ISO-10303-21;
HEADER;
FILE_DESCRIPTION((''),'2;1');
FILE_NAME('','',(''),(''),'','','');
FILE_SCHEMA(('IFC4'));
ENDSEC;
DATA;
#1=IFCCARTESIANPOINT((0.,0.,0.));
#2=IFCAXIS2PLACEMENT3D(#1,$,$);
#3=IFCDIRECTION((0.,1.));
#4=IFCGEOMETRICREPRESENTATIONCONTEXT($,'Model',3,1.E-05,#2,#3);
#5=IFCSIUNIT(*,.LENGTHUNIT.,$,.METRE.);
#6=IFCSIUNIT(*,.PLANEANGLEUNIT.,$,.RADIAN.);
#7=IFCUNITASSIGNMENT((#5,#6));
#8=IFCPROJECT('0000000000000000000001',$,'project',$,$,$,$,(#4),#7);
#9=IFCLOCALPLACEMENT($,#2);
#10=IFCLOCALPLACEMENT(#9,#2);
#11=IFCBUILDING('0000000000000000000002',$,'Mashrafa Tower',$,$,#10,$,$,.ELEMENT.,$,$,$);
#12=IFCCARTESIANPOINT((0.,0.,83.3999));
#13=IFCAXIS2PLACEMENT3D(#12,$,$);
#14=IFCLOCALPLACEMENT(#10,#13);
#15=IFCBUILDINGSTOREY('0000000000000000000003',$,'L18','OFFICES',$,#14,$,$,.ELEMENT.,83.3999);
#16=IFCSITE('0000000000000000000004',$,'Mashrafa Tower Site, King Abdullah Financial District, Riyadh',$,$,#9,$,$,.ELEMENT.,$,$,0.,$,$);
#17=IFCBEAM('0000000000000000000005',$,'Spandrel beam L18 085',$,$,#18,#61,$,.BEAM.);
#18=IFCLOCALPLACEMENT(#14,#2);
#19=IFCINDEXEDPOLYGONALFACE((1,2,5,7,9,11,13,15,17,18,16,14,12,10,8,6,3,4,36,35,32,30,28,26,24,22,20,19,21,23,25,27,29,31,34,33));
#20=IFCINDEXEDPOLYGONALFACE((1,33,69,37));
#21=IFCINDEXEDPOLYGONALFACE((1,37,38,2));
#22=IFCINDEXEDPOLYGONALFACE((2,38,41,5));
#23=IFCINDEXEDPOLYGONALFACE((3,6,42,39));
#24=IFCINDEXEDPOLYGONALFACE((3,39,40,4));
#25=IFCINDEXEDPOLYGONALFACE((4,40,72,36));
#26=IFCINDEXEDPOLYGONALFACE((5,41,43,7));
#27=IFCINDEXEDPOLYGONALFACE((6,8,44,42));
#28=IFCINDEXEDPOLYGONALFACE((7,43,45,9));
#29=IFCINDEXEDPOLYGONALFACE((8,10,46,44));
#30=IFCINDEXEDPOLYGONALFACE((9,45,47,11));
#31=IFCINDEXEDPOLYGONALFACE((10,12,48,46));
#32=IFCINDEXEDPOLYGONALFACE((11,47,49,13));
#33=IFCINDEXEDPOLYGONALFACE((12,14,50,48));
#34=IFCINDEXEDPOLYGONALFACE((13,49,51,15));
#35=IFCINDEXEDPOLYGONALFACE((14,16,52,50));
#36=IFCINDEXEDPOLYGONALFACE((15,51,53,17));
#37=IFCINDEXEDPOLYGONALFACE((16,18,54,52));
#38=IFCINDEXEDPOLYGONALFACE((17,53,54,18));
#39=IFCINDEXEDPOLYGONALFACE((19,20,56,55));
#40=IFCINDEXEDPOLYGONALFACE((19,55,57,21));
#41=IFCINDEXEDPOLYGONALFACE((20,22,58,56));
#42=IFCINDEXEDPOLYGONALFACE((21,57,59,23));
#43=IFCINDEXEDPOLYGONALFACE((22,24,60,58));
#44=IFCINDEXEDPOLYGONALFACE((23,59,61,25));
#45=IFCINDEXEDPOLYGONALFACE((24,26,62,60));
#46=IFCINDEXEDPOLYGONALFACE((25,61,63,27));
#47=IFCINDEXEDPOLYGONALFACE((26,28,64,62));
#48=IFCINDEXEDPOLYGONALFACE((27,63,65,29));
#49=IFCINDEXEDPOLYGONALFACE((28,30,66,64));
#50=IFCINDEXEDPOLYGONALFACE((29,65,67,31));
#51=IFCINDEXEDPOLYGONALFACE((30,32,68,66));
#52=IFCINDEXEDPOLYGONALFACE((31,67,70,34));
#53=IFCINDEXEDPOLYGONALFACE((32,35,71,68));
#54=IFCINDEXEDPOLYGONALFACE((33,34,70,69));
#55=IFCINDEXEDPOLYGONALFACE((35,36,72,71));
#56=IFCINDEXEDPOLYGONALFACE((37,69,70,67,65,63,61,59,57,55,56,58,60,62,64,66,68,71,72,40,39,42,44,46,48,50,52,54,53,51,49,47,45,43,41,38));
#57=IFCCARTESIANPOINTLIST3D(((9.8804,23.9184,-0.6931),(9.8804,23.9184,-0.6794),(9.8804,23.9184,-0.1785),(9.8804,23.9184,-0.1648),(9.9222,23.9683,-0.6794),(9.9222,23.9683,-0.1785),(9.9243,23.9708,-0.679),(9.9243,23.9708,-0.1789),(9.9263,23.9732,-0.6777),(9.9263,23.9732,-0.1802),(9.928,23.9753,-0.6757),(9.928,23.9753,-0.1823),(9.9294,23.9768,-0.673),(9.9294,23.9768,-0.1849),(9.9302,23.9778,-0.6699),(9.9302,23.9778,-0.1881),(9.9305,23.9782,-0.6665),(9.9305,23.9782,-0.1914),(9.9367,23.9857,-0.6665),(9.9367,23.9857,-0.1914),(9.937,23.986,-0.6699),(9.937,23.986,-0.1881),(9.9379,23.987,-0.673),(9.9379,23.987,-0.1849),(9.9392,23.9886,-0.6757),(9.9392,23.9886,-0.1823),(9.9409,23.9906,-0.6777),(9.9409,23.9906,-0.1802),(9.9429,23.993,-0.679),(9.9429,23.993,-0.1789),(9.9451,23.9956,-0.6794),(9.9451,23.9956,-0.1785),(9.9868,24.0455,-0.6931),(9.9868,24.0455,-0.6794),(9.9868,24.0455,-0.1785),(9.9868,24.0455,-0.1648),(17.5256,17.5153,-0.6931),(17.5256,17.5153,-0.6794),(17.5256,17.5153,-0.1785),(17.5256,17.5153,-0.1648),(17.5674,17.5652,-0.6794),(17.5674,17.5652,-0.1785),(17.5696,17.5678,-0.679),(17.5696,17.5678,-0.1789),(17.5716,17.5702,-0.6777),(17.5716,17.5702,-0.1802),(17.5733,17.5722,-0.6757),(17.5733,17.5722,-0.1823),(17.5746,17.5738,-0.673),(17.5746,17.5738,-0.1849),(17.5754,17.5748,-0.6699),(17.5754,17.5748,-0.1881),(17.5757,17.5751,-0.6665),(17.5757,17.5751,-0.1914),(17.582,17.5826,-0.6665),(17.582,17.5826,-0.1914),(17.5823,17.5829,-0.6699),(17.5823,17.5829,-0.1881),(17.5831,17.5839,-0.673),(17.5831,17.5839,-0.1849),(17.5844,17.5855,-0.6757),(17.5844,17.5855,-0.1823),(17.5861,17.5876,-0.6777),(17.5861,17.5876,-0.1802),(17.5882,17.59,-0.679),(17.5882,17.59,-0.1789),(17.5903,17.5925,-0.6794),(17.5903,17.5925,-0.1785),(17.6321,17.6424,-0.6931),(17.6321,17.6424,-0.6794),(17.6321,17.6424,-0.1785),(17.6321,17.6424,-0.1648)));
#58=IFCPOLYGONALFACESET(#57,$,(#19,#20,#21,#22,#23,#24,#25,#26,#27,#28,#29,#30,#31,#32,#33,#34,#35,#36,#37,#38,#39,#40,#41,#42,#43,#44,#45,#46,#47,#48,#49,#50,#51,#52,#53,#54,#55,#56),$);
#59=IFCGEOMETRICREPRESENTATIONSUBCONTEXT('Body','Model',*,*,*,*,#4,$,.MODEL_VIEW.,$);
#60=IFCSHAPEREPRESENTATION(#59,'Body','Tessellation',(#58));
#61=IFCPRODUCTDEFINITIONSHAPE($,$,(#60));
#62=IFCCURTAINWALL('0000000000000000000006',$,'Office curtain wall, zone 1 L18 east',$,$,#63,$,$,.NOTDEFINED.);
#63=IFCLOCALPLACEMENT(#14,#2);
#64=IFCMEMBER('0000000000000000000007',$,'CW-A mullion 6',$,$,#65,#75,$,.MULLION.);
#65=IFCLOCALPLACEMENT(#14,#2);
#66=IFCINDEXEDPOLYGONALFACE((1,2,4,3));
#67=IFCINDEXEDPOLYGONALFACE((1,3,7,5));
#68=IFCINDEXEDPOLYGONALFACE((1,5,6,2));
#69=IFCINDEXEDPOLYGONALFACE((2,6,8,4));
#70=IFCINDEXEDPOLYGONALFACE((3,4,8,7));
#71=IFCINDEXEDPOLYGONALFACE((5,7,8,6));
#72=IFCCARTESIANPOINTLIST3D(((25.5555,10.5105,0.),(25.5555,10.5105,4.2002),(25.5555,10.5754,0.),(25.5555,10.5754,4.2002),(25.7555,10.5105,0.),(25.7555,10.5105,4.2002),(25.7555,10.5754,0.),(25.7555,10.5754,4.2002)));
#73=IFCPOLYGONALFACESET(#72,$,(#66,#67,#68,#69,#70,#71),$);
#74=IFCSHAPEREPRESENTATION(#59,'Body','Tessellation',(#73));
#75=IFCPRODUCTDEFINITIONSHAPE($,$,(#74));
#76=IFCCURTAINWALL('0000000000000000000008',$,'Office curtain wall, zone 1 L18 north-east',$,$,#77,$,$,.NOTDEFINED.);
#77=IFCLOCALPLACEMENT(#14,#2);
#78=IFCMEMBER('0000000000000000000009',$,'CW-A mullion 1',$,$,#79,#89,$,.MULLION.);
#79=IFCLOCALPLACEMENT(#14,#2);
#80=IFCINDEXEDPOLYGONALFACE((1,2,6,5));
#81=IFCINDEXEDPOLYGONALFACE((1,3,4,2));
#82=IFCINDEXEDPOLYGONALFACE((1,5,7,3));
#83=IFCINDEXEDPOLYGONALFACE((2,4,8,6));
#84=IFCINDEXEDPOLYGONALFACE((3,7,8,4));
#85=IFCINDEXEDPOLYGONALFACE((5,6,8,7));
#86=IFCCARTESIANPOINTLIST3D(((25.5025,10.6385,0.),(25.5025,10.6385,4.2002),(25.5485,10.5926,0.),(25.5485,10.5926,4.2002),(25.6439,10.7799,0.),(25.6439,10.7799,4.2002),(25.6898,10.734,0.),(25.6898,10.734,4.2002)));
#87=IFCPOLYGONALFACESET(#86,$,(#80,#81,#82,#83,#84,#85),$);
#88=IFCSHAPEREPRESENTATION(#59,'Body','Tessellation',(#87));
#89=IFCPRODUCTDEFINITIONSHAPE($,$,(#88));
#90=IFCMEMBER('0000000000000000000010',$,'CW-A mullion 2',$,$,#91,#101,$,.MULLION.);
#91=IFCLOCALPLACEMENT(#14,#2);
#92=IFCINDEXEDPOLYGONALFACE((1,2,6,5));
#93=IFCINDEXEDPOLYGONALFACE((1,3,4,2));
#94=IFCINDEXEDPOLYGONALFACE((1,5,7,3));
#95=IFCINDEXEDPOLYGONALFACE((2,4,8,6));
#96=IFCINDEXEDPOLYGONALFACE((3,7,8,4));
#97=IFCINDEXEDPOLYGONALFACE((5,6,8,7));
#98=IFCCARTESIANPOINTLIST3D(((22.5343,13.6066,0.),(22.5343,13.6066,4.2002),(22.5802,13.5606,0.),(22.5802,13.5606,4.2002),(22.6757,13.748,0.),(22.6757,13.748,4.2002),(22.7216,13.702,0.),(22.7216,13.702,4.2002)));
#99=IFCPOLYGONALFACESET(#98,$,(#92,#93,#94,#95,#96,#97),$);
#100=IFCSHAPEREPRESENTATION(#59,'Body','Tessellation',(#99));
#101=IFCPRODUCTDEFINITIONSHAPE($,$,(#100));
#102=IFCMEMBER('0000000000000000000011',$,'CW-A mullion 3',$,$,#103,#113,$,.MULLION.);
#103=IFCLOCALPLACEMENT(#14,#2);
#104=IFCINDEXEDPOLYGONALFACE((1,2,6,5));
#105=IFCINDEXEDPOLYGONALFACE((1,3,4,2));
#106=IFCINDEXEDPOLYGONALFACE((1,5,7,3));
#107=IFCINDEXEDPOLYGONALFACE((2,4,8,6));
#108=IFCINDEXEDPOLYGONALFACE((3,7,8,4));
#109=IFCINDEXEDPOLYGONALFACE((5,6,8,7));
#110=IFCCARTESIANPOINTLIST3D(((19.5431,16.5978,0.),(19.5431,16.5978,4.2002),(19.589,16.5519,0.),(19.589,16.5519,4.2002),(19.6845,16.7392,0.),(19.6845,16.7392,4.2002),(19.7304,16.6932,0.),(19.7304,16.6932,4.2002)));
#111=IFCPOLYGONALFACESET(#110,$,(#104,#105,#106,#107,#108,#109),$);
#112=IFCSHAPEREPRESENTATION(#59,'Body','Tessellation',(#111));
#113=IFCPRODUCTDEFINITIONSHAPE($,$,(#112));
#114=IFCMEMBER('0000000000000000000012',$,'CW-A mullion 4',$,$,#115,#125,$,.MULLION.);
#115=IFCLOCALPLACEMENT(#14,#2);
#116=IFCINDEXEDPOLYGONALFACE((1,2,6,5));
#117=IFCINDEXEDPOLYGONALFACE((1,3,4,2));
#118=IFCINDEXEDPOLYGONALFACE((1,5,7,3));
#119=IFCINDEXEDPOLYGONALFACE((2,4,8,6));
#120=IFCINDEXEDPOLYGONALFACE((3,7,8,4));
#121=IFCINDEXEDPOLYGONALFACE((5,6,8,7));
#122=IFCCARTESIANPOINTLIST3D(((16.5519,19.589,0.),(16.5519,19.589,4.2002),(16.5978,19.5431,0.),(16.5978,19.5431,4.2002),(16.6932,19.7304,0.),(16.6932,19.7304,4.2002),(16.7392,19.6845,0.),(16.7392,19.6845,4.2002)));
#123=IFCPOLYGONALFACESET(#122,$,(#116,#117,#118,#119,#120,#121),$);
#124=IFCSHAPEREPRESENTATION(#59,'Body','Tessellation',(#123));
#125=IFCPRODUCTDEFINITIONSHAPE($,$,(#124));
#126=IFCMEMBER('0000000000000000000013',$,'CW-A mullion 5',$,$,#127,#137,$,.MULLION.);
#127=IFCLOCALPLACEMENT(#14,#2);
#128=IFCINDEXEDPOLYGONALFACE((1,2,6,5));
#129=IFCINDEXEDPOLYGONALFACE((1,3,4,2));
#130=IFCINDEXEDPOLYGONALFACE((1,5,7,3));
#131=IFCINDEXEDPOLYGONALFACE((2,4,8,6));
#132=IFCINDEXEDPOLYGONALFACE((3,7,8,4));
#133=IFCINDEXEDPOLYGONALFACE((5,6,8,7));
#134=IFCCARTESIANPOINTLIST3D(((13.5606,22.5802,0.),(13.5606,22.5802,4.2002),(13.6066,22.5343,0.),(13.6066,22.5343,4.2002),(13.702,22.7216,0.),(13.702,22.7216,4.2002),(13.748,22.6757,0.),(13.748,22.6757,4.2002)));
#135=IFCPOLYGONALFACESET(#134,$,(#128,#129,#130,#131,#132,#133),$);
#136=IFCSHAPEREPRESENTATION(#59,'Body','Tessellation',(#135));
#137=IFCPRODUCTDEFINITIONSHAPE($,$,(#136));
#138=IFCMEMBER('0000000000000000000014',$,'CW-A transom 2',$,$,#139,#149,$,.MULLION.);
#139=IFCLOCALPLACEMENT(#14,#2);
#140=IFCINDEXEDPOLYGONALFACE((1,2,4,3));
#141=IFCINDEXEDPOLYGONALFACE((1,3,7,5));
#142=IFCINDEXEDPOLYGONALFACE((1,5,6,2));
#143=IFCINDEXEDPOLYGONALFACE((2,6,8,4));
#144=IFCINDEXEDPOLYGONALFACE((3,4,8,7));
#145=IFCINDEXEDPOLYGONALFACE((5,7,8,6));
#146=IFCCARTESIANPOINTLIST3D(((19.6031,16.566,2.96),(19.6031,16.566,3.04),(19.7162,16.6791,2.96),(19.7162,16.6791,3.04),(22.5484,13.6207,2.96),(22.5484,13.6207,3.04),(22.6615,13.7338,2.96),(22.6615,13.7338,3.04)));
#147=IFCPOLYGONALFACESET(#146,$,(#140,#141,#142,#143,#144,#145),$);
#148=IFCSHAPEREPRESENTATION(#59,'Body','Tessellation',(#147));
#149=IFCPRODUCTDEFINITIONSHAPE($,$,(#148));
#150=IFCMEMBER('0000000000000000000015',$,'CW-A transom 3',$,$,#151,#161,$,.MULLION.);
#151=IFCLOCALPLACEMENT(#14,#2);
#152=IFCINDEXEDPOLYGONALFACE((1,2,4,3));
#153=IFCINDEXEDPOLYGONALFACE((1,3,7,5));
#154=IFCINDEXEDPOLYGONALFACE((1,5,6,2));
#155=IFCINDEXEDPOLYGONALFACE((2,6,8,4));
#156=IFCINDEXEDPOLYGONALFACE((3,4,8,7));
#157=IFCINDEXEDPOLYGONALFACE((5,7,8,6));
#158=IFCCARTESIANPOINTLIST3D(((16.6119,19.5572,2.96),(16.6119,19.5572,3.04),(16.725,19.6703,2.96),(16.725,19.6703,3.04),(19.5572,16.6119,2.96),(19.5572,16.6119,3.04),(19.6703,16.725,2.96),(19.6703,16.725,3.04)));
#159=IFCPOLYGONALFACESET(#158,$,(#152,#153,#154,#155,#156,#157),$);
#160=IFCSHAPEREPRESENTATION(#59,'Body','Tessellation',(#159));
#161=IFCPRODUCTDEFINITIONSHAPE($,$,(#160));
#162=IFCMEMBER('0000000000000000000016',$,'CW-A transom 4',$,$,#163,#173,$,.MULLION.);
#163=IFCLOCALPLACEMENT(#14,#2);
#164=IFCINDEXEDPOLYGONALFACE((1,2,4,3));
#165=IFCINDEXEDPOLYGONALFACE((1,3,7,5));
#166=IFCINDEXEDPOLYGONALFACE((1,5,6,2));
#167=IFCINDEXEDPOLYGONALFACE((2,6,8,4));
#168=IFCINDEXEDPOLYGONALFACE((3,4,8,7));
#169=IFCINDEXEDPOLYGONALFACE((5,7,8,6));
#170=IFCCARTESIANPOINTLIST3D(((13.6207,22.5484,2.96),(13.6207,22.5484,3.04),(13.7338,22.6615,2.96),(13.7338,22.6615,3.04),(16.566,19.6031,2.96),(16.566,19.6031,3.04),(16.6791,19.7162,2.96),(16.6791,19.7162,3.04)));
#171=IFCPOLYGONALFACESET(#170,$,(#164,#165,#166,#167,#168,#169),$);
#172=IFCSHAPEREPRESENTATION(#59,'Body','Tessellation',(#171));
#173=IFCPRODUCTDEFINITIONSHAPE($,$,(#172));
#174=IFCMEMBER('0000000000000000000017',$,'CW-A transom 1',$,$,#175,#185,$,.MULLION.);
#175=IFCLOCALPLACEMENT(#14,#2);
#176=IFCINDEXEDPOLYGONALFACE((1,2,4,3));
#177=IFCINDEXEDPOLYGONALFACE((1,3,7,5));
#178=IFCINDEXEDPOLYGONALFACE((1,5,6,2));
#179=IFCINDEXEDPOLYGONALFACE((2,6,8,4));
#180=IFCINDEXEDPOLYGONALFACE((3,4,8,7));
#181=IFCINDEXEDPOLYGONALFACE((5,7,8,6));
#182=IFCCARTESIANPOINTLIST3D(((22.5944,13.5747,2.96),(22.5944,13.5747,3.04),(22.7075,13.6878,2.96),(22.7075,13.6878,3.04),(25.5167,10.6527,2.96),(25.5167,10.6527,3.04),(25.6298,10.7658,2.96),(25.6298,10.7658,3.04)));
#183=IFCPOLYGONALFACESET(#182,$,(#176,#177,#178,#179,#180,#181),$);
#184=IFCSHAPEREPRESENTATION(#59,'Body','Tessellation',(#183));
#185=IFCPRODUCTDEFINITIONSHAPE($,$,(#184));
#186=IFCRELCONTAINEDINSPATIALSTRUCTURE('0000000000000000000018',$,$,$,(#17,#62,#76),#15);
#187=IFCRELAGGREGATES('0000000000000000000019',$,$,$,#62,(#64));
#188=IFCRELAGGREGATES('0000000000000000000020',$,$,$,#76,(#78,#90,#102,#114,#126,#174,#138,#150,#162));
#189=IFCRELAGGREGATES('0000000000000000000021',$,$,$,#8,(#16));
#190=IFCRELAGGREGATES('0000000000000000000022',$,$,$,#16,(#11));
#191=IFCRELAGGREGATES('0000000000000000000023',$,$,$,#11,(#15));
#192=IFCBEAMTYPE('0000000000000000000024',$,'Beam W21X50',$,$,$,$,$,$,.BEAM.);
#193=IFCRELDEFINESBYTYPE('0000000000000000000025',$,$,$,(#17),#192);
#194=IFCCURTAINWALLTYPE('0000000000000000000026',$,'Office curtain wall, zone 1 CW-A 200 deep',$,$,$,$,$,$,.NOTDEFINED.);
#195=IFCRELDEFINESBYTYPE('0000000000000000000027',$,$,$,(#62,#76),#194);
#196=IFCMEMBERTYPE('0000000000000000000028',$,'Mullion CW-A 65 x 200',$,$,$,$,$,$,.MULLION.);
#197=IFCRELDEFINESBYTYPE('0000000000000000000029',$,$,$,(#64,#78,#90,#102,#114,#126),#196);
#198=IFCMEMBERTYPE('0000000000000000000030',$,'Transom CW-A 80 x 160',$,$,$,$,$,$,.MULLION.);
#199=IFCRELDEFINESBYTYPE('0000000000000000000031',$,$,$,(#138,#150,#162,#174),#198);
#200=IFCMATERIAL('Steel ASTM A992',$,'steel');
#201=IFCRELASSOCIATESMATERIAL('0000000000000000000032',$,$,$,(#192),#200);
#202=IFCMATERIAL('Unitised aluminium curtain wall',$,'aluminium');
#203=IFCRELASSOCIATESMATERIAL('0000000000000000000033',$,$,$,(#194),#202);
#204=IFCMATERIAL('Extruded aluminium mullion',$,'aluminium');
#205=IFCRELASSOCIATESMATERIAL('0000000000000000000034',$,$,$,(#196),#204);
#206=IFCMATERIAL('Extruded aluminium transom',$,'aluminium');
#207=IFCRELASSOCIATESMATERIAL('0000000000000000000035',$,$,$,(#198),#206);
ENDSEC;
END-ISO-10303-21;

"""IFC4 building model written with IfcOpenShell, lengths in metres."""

from ifc_helpers import new_model, si_unit, direction, frame, origin, origin_2d, place, context, subcontext, project, spatial, rectangle, i_section, extrude, source, transform, mapped, material, material_profile, profile_set, type_object, type_shapes, element, aggregate, save


model = new_model("IFC4")

# Units and contexts
model_context = context("Model", 3, precision=1e-05, world=origin(), true_north=direction((0.0, 1.0)))
body_context = subcontext(model_context, "Body", "Model", "MODEL_VIEW")
ifc_project = project(units=[si_unit("LENGTHUNIT", "METRE"), si_unit("PLANEANGLEUNIT", "RADIAN")], contexts=[model_context])

# Site, building, storey
site_placement = place(None, origin())
site = spatial("IfcSite", under=ifc_project, at=site_placement, Name="Mashrafa Tower Site, King Abdullah Financial District, Riyadh", CompositionType="ELEMENT", RefElevation=0.0)
building_placement = place(site_placement, origin())
building = spatial("IfcBuilding", under=site, at=building_placement, Name="Mashrafa Tower", CompositionType="ELEMENT")
storey_placement = place(building_placement, frame((0.0, 0.0, 83.3999)))
storey = spatial("IfcBuildingStorey", under=building, at=storey_placement, Name="L18", Description="OFFICES", CompositionType="ELEMENT", Elevation=83.3999)

# Beam
ifc_material_1 = material(Name="Steel ASTM A992", Category="steel")
ifc_material_profile_1 = material_profile(ifc_material_1, i_section(OverallWidth=0.1658, OverallDepth=0.5283, WebThickness=0.0098, FlangeThickness=0.0137, FilletRadius=0.0129, at=origin_2d()), Name="W21X50")
ifc_profile_set_1 = profile_set([ifc_material_profile_1], Name="Steel ASTM A992")
beam_type_1 = type_object("IfcBeamType", Name="Beam W21X50", PredefinedType="BEAM", material=ifc_profile_set_1)
beam_1_placement = place(storey_placement, frame((17.5789, 17.5789, -0.429), z_axis=(-0.76664, 0.642078, 0.0), x_axis=(-0.642078, -0.76664, 0.0)))
element("IfcBeam", 1, at=beam_1_placement, inside=storey, type_object=beam_type_1, Name="Spandrel beam L18 085", PredefinedType="BEAM", context=body_context, shape_type="SweptSolid", body=[
    extrude(i_section(OverallWidth=0.1658, OverallDepth=0.5283, WebThickness=0.0098, FlangeThickness=0.0137, FilletRadius=0.0129, at=origin_2d()), origin(), (0.0, 0.0, 1.0), 9.9724),
])

# Curtain wall, member
ifc_material_2 = material(Name="Unitised aluminium curtain wall", Category="aluminium")
curtain_wall_type = type_object("IfcCurtainWallType", Name="Office curtain wall, zone 1 CW-A 200 deep", PredefinedType="NOTDEFINED", material=ifc_material_2)
curtain_wall_1_placement = place(storey_placement, origin())
curtain_wall_1 = element("IfcCurtainWall", 2, at=curtain_wall_1_placement, inside=storey, type_object=curtain_wall_type, Name="Office curtain wall, zone 1 L18 east", PredefinedType="NOTDEFINED")
ifc_material_3 = material(Name="Extruded aluminium mullion", Category="aluminium")
ifc_material_profile_2 = material_profile(ifc_material_3, rectangle(XDim=0.2, YDim=0.0649, at=origin_2d()), Name="Mullion 65x200")
ifc_profile_set_2 = profile_set([ifc_material_profile_2], Name="Extruded aluminium mullion")
member_type_1 = type_object("IfcMemberType", Name="Mullion CW-A 65 x 200", PredefinedType="MULLION", material=ifc_profile_set_2)
shared_shape_1 = source(origin(), body_context, "Body", "SweptSolid", [
    extrude(rectangle(XDim=0.2, YDim=0.0649, at=origin_2d()), origin(), (0.0, 0.0, 1.0), 4.2002),
])
type_shapes(member_type_1, [shared_shape_1])
member_1_placement = place(storey_placement, frame((25.6555, 10.543, 0.0), z_axis=(0.0, 0.0, 1.0), x_axis=(-1.0, 0.0, 0.0)))
member_1 = element("IfcMember", 3, at=member_1_placement, type_object=member_type_1, Name="CW-A mullion 6", PredefinedType="MULLION", context=body_context, shape_type="MappedRepresentation", body=[
    mapped(shared_shape_1, transform((0.0, 0.0, 0.0))),
])
aggregate(curtain_wall_1, [member_1])

# Curtain wall, members
curtain_wall_2_placement = place(storey_placement, origin())
curtain_wall_2 = element("IfcCurtainWall", 4, at=curtain_wall_2_placement, inside=storey, type_object=curtain_wall_type, Name="Office curtain wall, zone 1 L18 north-east", PredefinedType="NOTDEFINED")
member_2_placement = place(storey_placement, frame((25.5962, 10.6863, 0.0), z_axis=(0.0, 0.0, 1.0), x_axis=(-0.707107, -0.707107, 0.0)))
member_2 = element("IfcMember", 5, at=member_2_placement, type_object=member_type_1, Name="CW-A mullion 1", PredefinedType="MULLION", context=body_context, shape_type="MappedRepresentation", body=[
    mapped(shared_shape_1, transform((0.0, 0.0, 0.0))),
])
member_3_placement = place(storey_placement, frame((22.6279, 13.6543, 0.0), z_axis=(0.0, 0.0, 1.0), x_axis=(-0.707107, -0.707107, 0.0)))
member_3 = element("IfcMember", 6, at=member_3_placement, type_object=member_type_1, Name="CW-A mullion 2", PredefinedType="MULLION", context=body_context, shape_type="MappedRepresentation", body=[
    mapped(shared_shape_1, transform((0.0, 0.0, 0.0))),
])
member_4_placement = place(storey_placement, frame((19.6367, 16.6455, 0.0), z_axis=(0.0, 0.0, 1.0), x_axis=(-0.707107, -0.707107, 0.0)))
member_4 = element("IfcMember", 7, at=member_4_placement, type_object=member_type_1, Name="CW-A mullion 3", PredefinedType="MULLION", context=body_context, shape_type="MappedRepresentation", body=[
    mapped(shared_shape_1, transform((0.0, 0.0, 0.0))),
])
member_5_placement = place(storey_placement, frame((16.6455, 19.6367, 0.0), z_axis=(0.0, 0.0, 1.0), x_axis=(-0.707107, -0.707107, 0.0)))
member_5 = element("IfcMember", 8, at=member_5_placement, type_object=member_type_1, Name="CW-A mullion 4", PredefinedType="MULLION", context=body_context, shape_type="MappedRepresentation", body=[
    mapped(shared_shape_1, transform((0.0, 0.0, 0.0))),
])
member_6_placement = place(storey_placement, frame((13.6543, 22.6279, 0.0), z_axis=(0.0, 0.0, 1.0), x_axis=(-0.707107, -0.707107, 0.0)))
member_6 = element("IfcMember", 9, at=member_6_placement, type_object=member_type_1, Name="CW-A mullion 5", PredefinedType="MULLION", context=body_context, shape_type="MappedRepresentation", body=[
    mapped(shared_shape_1, transform((0.0, 0.0, 0.0))),
])
ifc_material_4 = material(Name="Extruded aluminium transom", Category="aluminium")
ifc_material_profile_3 = material_profile(ifc_material_4, rectangle(XDim=0.1599, YDim=0.0801, at=origin_2d()), Name="Transom 80x160")
ifc_profile_set_3 = profile_set([ifc_material_profile_3], Name="Extruded aluminium transom")
member_type_2 = type_object("IfcMemberType", Name="Transom CW-A 80 x 160", PredefinedType="MULLION", material=ifc_profile_set_3)
shared_shape_2 = source(origin(), body_context, "Body", "SweptSolid", [
    extrude(rectangle(XDim=0.1599, YDim=0.0801, at=origin_2d()), origin(), (0.0, 0.0, 1.0), 4.1653),
])
member_7_placement = place(storey_placement, frame((22.605, 13.6772, 3.0), z_axis=(-0.707107, 0.707107, 0.0), x_axis=(-0.707107, -0.707107, 0.0)))
member_7 = element("IfcMember", 10, at=member_7_placement, type_object=member_type_2, Name="CW-A transom 2", PredefinedType="MULLION", context=body_context, shape_type="MappedRepresentation", body=[
    mapped(shared_shape_2, transform((0.0, 0.0, 0.0))),
])
member_8_placement = place(storey_placement, frame((19.6138, 16.6685, 3.0), z_axis=(-0.707107, 0.707107, 0.0), x_axis=(-0.707107, -0.707107, 0.0)))
member_8 = element("IfcMember", 11, at=member_8_placement, type_object=member_type_2, Name="CW-A transom 3", PredefinedType="MULLION", context=body_context, shape_type="MappedRepresentation", body=[
    mapped(shared_shape_2, transform((0.0, 0.0, 0.0))),
])
member_9_placement = place(storey_placement, frame((16.6226, 19.6597, 3.0), z_axis=(-0.707107, 0.707107, 0.0), x_axis=(-0.707107, -0.707107, 0.0)))
member_9 = element("IfcMember", 12, at=member_9_placement, type_object=member_type_2, Name="CW-A transom 4", PredefinedType="MULLION", context=body_context, shape_type="MappedRepresentation", body=[
    mapped(shared_shape_2, transform((0.0, 0.0, 0.0))),
])
shared_shape_3 = source(origin(), body_context, "Body", "SweptSolid", [
    extrude(rectangle(XDim=0.1599, YDim=0.0801, at=origin_2d()), origin(), (0.0, 0.0, 1.0), 4.1326),
])
type_shapes(member_type_2, [shared_shape_2, shared_shape_3])
member_10_placement = place(storey_placement, frame((25.5732, 10.7092, 3.0), z_axis=(-0.707136, 0.707077, 0.0), x_axis=(-0.707077, -0.707136, 0.0)))
member_10 = element("IfcMember", 13, at=member_10_placement, type_object=member_type_2, Name="CW-A transom 1", PredefinedType="MULLION", context=body_context, shape_type="MappedRepresentation", body=[
    mapped(shared_shape_3, transform((0.0, 0.0, 0.0))),
])
aggregate(curtain_wall_2, [member_2, member_3, member_4, member_5, member_6, member_10, member_7, member_8, member_9])

save(model, "model.ifc")
